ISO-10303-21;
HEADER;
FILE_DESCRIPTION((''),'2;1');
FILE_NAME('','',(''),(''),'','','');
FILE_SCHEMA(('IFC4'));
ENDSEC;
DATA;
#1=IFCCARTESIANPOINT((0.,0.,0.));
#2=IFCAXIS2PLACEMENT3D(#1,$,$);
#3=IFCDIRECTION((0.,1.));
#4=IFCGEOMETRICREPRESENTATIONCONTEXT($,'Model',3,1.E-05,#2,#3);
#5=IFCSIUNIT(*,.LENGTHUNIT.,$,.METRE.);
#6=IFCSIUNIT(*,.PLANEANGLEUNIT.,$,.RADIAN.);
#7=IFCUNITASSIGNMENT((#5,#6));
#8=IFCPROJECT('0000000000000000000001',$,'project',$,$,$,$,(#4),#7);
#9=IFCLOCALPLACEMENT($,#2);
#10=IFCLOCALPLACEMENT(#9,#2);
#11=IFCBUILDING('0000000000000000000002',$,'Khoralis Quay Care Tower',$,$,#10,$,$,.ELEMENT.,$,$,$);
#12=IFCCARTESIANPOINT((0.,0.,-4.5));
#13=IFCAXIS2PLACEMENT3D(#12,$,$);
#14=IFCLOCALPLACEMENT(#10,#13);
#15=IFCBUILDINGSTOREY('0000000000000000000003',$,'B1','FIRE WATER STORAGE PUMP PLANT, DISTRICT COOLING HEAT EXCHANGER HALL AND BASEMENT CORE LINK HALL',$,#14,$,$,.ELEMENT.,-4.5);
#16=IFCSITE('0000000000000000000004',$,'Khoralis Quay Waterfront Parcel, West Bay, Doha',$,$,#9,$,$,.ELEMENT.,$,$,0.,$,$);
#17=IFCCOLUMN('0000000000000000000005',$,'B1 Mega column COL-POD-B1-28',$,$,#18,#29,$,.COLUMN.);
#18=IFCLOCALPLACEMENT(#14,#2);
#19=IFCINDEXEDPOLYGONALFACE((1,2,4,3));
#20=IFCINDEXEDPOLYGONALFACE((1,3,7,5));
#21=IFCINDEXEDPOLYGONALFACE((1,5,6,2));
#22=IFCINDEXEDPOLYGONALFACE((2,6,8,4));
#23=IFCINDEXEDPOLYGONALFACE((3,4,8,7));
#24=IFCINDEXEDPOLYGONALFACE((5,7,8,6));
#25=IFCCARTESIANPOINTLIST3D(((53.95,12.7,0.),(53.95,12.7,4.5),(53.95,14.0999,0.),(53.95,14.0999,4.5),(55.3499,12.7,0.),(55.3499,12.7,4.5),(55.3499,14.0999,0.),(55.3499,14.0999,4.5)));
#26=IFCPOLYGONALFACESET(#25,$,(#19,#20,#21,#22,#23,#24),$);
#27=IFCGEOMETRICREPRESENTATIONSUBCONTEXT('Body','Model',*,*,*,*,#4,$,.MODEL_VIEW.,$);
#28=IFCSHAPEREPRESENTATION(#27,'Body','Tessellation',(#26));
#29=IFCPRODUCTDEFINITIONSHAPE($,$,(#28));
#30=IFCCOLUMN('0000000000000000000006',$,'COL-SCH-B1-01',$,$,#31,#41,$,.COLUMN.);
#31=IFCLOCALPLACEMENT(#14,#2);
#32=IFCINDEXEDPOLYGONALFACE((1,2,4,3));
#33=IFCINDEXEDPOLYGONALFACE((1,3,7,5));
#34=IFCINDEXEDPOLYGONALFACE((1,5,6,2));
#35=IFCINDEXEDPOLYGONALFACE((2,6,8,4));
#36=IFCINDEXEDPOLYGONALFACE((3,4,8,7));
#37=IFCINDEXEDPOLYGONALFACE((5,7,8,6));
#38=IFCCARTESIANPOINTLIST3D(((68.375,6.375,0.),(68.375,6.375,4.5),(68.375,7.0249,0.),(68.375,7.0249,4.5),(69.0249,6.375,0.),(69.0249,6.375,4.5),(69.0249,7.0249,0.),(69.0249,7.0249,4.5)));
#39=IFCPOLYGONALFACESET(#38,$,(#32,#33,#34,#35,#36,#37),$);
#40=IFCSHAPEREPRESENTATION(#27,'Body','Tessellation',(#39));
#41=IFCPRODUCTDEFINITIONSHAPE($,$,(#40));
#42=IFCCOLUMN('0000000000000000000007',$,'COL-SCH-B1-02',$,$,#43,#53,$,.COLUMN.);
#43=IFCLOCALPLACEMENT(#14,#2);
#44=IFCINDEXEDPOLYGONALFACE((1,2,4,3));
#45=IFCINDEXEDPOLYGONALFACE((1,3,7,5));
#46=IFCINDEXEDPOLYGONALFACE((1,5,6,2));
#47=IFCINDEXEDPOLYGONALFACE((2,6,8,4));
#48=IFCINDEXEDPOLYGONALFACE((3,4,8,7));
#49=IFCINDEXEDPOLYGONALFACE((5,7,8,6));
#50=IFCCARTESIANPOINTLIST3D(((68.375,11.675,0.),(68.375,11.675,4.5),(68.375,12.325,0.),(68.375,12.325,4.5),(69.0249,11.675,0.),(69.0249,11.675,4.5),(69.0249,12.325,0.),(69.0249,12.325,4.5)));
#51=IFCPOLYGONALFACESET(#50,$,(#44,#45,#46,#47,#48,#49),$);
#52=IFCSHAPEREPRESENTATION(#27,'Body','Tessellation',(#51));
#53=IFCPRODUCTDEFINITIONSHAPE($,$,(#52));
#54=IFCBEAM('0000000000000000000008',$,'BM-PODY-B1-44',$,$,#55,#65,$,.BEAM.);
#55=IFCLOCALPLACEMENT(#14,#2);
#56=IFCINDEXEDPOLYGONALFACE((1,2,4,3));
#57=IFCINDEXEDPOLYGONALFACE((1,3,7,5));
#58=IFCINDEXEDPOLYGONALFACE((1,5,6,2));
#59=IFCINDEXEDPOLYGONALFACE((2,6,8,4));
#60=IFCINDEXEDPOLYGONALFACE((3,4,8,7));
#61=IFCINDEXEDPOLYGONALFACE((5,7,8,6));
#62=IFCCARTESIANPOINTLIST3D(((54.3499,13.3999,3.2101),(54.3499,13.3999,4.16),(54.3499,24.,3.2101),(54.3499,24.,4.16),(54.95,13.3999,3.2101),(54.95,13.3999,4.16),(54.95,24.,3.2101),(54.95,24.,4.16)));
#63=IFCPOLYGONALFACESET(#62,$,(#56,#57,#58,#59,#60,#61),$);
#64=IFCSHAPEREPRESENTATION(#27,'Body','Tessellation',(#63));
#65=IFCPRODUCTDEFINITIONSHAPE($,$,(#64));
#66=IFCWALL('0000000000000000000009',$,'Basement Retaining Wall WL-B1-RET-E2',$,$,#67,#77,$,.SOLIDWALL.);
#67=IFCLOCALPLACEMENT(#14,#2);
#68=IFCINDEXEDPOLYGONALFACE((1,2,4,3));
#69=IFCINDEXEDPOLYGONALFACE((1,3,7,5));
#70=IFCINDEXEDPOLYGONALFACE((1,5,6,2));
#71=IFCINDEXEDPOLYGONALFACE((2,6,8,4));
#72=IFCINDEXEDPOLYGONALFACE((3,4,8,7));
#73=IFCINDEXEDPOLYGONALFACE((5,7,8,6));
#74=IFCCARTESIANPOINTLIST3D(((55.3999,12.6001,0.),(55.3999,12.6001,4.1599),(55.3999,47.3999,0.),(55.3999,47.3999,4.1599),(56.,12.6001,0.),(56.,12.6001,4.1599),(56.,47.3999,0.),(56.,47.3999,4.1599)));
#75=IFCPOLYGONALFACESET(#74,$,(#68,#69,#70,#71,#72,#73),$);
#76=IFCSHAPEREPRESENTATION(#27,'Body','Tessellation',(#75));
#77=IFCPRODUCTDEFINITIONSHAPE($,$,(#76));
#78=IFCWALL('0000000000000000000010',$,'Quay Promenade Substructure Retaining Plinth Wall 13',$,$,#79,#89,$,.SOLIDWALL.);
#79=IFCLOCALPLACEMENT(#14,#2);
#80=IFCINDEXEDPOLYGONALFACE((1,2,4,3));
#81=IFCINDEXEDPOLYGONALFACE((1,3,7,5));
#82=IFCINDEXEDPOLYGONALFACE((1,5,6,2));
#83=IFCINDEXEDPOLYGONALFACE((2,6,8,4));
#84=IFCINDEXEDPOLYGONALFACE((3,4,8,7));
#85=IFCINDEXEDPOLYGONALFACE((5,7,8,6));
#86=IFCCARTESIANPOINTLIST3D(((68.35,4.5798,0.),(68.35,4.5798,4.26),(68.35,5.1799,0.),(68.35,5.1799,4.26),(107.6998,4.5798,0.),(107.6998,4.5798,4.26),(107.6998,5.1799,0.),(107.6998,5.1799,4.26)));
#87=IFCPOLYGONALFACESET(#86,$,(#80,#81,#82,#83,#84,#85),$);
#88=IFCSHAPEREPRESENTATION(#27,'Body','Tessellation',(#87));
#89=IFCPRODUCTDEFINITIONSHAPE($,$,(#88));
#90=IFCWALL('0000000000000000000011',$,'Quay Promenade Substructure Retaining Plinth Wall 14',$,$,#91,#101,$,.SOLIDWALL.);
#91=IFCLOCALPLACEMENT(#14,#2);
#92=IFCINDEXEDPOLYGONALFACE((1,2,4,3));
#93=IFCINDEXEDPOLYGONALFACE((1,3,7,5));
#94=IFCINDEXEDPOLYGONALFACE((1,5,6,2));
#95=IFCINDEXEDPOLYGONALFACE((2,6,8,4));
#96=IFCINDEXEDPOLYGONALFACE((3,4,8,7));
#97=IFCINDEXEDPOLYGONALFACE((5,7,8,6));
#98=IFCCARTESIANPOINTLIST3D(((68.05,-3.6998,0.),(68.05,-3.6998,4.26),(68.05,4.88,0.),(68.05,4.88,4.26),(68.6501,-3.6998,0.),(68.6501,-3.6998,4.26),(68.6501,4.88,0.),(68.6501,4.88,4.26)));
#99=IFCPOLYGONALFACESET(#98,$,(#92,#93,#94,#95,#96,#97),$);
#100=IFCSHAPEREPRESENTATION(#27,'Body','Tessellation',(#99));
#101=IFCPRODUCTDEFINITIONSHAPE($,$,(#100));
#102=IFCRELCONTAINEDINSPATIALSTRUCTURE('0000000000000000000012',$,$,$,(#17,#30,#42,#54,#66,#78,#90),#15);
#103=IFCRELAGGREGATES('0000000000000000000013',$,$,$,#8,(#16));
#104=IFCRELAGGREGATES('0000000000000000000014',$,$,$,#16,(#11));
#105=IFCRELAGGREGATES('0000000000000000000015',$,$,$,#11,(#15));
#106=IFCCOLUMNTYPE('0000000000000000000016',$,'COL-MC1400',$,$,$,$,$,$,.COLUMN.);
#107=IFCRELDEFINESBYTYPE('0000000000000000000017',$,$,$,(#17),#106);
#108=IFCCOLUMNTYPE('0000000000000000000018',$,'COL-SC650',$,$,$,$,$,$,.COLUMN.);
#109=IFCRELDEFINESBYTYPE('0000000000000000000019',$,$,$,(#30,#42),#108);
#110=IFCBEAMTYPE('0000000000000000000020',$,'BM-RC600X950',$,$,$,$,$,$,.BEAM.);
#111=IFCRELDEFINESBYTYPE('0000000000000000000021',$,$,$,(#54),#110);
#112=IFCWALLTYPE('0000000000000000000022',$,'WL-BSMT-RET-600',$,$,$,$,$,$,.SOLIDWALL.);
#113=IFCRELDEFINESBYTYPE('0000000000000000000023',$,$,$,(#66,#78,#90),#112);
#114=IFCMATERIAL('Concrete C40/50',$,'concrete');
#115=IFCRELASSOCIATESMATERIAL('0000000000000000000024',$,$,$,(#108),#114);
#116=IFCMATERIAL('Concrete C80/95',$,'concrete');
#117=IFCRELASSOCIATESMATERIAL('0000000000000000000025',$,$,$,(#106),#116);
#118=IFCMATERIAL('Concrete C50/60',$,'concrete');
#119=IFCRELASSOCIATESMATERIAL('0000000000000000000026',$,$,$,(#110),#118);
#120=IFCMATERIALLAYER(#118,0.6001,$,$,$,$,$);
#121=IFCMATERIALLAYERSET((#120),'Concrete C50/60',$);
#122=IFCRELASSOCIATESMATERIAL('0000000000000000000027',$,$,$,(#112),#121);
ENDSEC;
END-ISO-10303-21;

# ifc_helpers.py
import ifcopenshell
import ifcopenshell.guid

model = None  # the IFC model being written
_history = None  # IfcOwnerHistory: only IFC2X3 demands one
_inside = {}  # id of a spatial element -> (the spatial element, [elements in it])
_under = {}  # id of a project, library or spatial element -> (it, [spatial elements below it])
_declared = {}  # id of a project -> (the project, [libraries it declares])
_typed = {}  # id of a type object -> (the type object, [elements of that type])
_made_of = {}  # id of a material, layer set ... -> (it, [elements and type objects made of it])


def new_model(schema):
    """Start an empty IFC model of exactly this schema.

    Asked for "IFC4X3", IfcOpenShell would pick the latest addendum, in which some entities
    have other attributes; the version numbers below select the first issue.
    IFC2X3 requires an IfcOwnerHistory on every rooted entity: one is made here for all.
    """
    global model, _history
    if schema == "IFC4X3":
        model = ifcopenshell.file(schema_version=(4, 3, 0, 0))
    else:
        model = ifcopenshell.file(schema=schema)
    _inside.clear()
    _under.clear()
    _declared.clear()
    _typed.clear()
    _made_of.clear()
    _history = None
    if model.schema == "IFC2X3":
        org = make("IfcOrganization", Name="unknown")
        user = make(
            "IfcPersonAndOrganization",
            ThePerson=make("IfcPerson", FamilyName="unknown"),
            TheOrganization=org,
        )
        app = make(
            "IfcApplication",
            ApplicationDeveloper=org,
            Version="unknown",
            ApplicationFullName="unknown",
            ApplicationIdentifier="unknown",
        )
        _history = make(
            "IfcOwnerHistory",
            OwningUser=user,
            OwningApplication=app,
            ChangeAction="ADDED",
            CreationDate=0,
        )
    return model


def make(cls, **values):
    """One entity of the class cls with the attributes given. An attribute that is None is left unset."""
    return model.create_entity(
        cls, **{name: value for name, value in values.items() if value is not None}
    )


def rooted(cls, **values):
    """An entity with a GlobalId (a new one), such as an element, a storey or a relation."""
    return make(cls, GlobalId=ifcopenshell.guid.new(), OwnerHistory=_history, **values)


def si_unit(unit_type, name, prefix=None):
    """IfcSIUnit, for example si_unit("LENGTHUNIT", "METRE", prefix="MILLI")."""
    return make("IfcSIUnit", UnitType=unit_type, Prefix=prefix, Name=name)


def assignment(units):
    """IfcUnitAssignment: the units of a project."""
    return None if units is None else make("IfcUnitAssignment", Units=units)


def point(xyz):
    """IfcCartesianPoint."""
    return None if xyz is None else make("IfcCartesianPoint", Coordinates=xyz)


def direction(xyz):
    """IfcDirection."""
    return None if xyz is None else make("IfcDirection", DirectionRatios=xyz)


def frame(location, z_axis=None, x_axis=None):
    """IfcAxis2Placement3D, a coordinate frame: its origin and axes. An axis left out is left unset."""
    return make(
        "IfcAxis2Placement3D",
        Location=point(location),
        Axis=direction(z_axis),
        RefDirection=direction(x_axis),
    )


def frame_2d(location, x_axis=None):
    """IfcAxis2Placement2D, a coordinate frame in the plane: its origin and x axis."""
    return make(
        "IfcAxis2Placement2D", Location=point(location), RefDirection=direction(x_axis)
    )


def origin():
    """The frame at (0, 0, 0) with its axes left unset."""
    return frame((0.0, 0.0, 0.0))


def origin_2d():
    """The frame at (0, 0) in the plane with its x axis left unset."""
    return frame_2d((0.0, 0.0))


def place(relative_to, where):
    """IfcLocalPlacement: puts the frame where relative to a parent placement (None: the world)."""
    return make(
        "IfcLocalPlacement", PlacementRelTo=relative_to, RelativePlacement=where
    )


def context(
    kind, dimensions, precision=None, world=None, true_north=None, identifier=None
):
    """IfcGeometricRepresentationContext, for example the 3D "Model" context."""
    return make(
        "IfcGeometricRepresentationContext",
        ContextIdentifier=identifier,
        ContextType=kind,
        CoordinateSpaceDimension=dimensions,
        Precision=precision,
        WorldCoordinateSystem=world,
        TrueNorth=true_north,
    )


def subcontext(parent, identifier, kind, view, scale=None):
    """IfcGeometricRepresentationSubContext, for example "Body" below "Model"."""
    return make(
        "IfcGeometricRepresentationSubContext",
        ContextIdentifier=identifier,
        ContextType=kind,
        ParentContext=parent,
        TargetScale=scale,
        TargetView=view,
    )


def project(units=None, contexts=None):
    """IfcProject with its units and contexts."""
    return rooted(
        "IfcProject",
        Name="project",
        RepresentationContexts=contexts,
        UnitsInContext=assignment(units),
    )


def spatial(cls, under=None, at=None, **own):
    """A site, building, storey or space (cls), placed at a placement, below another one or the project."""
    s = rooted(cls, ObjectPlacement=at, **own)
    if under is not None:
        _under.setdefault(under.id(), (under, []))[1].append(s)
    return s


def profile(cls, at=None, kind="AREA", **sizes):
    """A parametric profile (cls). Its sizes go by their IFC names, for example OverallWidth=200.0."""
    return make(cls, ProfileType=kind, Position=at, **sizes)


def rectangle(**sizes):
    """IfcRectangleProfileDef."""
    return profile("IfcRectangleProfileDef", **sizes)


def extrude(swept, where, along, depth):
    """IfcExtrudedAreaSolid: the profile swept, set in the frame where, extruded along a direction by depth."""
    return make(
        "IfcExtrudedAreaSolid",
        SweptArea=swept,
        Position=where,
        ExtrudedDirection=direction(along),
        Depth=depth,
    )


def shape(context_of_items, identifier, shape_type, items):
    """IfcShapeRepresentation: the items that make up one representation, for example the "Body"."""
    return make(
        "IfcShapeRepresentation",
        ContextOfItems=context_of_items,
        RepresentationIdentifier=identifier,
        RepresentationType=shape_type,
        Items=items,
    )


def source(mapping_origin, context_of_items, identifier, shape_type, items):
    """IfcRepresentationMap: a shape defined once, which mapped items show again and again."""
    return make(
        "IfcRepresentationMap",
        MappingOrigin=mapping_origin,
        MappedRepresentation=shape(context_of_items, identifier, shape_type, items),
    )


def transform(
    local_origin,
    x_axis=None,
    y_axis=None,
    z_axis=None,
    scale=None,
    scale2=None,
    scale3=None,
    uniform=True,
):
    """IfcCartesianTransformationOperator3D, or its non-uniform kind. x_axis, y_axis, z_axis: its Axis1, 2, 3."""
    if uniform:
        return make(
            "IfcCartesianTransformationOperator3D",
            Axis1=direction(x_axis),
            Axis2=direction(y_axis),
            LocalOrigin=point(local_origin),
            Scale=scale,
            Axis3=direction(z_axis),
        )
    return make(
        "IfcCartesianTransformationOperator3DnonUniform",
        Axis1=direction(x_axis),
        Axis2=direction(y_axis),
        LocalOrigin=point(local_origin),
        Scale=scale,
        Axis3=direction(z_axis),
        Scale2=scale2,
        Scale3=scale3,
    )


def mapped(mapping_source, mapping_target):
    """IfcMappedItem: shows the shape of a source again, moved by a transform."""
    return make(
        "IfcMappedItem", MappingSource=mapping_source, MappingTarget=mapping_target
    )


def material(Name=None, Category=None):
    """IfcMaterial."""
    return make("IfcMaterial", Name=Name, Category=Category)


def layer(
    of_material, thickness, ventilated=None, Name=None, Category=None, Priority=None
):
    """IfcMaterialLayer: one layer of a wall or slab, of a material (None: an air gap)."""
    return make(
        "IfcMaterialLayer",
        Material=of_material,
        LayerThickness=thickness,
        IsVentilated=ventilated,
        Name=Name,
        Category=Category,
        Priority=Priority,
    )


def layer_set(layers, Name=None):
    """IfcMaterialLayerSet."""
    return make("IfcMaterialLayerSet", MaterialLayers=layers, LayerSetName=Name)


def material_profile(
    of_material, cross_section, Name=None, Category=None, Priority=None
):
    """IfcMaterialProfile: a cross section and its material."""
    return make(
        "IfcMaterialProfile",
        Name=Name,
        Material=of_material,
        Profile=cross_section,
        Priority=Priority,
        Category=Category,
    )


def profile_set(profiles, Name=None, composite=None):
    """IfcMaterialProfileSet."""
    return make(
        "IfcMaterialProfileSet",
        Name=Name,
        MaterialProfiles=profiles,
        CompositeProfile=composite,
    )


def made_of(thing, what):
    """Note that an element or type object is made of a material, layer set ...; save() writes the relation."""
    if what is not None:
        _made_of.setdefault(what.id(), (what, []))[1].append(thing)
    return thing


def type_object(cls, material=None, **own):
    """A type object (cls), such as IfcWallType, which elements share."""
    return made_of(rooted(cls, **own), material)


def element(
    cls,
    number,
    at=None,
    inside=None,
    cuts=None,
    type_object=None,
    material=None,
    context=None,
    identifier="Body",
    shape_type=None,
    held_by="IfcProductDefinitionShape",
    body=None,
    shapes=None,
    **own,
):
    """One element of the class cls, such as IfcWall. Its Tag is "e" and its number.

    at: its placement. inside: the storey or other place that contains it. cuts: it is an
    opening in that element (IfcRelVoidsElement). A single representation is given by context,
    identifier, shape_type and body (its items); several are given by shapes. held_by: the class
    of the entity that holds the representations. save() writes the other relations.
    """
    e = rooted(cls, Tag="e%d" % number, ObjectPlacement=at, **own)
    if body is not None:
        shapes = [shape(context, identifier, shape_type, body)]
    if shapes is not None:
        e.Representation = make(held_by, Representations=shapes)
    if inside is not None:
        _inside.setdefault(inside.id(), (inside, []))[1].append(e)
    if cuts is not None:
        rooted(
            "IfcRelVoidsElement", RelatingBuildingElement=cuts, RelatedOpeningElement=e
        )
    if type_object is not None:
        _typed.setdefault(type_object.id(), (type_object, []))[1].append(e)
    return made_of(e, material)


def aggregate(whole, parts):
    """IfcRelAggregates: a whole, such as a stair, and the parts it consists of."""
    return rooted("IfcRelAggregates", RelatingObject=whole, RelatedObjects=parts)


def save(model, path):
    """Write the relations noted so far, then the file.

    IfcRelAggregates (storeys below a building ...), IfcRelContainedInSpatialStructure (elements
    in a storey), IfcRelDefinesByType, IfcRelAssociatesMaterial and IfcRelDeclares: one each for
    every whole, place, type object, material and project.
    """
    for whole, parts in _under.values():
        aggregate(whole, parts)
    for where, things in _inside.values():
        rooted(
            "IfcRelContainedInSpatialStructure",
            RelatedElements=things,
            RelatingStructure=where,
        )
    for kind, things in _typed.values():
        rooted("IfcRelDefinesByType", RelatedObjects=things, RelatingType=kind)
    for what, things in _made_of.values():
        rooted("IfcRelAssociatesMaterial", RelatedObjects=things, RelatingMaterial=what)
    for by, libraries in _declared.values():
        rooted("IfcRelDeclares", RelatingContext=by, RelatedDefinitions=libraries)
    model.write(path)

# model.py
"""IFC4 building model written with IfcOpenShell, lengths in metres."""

from ifc_helpers import new_model, si_unit, direction, frame, frame_2d, origin, origin_2d, place, context, subcontext, project, spatial, rectangle, extrude, source, transform, mapped, material, layer, layer_set, material_profile, profile_set, type_object, element, save


model = new_model("IFC4")

# Units and contexts
model_context = context("Model", 3, precision=1e-05, world=origin(), true_north=direction((0.0, 1.0)))
body_context = subcontext(model_context, "Body", "Model", "MODEL_VIEW")
ifc_project = project(units=[si_unit("LENGTHUNIT", "METRE"), si_unit("PLANEANGLEUNIT", "RADIAN")], contexts=[model_context])

# Site, building, storey
site_placement = place(None, origin())
site = spatial("IfcSite", under=ifc_project, at=site_placement, Name="Khoralis Quay Waterfront Parcel, West Bay, Doha", CompositionType="ELEMENT", RefElevation=0.0)
building_placement = place(site_placement, origin())
building = spatial("IfcBuilding", under=site, at=building_placement, Name="Khoralis Quay Care Tower", CompositionType="ELEMENT")
storey_placement = place(building_placement, frame((0.0, 0.0, -4.5)))
storey = spatial("IfcBuildingStorey", under=building, at=storey_placement, Name="B1", Description="FIRE WATER STORAGE PUMP PLANT, DISTRICT COOLING HEAT EXCHANGER HALL AND BASEMENT CORE LINK HALL", CompositionType="ELEMENT", Elevation=-4.5)

# Shared definitions
ifc_material_1 = material(Name="Concrete C50/60", Category="concrete")

# Columns
ifc_material_2 = material(Name="Concrete C40/50", Category="concrete")
ifc_material_profile_1 = material_profile(ifc_material_2, rectangle(XDim=0.6499, YDim=0.6499, at=origin_2d()), Name="Concrete C40/50")
ifc_profile_set_1 = profile_set([ifc_material_profile_1], Name="Concrete C40/50")
column_type_1 = type_object("IfcColumnType", Name="COL-SC650", PredefinedType="COLUMN", material=ifc_profile_set_1)
ifc_material_3 = material(Name="Concrete C80/95", Category="concrete")
ifc_material_profile_2 = material_profile(ifc_material_3, rectangle(XDim=1.3999, YDim=1.3999, at=origin_2d()), Name="Concrete C80/95")
ifc_profile_set_2 = profile_set([ifc_material_profile_2], Name="Concrete C80/95")
column_type_2 = type_object("IfcColumnType", Name="COL-MC1400", PredefinedType="COLUMN", material=ifc_profile_set_2)
shared_shape_1 = source(origin(), body_context, "Body", "SweptSolid", [
    extrude(rectangle(XDim=1.3999, YDim=1.3999, at=origin_2d()), origin(), (0.0, 0.0, 1.0), 4.5),
])
column_1_placement = place(storey_placement, frame((54.6499, 13.3999, 0.0), z_axis=(0.0, 0.0, 1.0), x_axis=(1.0, 0.0, 0.0)))
element("IfcColumn", 1, at=column_1_placement, inside=storey, type_object=column_type_2, Name="B1 Mega column COL-POD-B1-28", PredefinedType="COLUMN", context=body_context, shape_type="MappedRepresentation", body=[
    mapped(shared_shape_1, transform((0.0, 0.0, 0.0), scale=1.0)),
])
shared_shape_2 = source(origin(), body_context, "Body", "SweptSolid", [
    extrude(rectangle(XDim=0.6499, YDim=0.6499, at=origin_2d()), origin(), (0.0, 0.0, 1.0), 4.5),
])
for number, where, z_axis, x_axis, name in (
    (2, (68.7, 6.7, 0.0), (0.0, 0.0, 1.0), (1.0, 0.0, 0.0), "COL-SCH-B1-01"),
    (3, (68.7, 12.0, 0.0), (0.0, 0.0, 1.0), (1.0, 0.0, 0.0), "COL-SCH-B1-02"),
):
    element("IfcColumn", number, at=place(storey_placement, frame(where, z_axis=z_axis, x_axis=x_axis)), inside=storey, type_object=column_type_1, Name=name, PredefinedType="COLUMN", context=body_context, shape_type="MappedRepresentation", body=[
        mapped(shared_shape_2, transform((0.0, 0.0, 0.0), scale=1.0)),
    ])

# Beam
ifc_material_profile_3 = material_profile(ifc_material_1, rectangle(XDim=0.6001, YDim=0.95, at=origin_2d()), Name="Concrete C50/60")
ifc_profile_set_3 = profile_set([ifc_material_profile_3], Name="Concrete C50/60")
beam_type = type_object("IfcBeamType", Name="BM-RC600X950", PredefinedType="BEAM", material=ifc_profile_set_3)
shared_shape_3 = source(origin(), body_context, "Body", "SweptSolid", [
    extrude(rectangle(XDim=0.6001, YDim=0.95, at=origin_2d()), origin(), (0.0, 0.0, 1.0), 10.6001),
])
beam_placement = place(storey_placement, frame((54.6499, 13.3999, 3.6851), z_axis=(0.0, 1.0, 0.0), x_axis=(-1.0, 0.0, 0.0)))
element("IfcBeam", 4, at=beam_placement, inside=storey, type_object=beam_type, Name="BM-PODY-B1-44", PredefinedType="BEAM", context=body_context, shape_type="MappedRepresentation", body=[
    mapped(shared_shape_3, transform((0.0, 0.0, 0.0), scale=1.0)),
])

# Walls
ifc_layer = layer(ifc_material_1, 0.6001)
ifc_layer_set = layer_set([ifc_layer], Name="Concrete C50/60")
wall_type = type_object("IfcWallType", Name="WL-BSMT-RET-600", PredefinedType="SOLIDWALL", material=ifc_layer_set)
wall_1_placement = place(storey_placement, frame((55.7, 12.6001, 0.0), z_axis=(0.0, 0.0, 1.0), x_axis=(0.0, 1.0, 0.0)))
element("IfcWall", 5, at=wall_1_placement, inside=storey, type_object=wall_type, Name="Basement Retaining Wall WL-B1-RET-E2", PredefinedType="SOLIDWALL", context=body_context, shape_type="SweptSolid", body=[
    extrude(rectangle(XDim=34.7998, YDim=0.6001, at=frame_2d((17.3999, 0.0))), origin(), (0.0, 0.0, 1.0), 4.1599),
])
wall_2_placement = place(storey_placement, frame((68.3501, 4.8799, 0.0), z_axis=(0.0, 0.0, 1.0), x_axis=(1.0, 0.0, 0.0)))
element("IfcWall", 6, at=wall_2_placement, inside=storey, type_object=wall_type, Name="Quay Promenade Substructure Retaining Plinth Wall 13", PredefinedType="SOLIDWALL", context=body_context, shape_type="SweptSolid", body=[
    extrude(rectangle(XDim=39.3499, YDim=0.6001, at=frame_2d((19.6748, 0.0))), origin(), (0.0, 0.0, 1.0), 4.26),
])
wall_3_placement = place(storey_placement, frame((68.3501, -3.7, 0.0), z_axis=(0.0, 0.0, 1.0), x_axis=(0.0, 1.0, 0.0)))
element("IfcWall", 7, at=wall_3_placement, inside=storey, type_object=wall_type, Name="Quay Promenade Substructure Retaining Plinth Wall 14", PredefinedType="SOLIDWALL", context=body_context, shape_type="SweptSolid", body=[
    extrude(rectangle(XDim=8.5798, YDim=0.6001, at=frame_2d((4.29, 0.0))), origin(), (0.0, 0.0, 1.0), 4.26),
])

save(model, "model.ifc")
